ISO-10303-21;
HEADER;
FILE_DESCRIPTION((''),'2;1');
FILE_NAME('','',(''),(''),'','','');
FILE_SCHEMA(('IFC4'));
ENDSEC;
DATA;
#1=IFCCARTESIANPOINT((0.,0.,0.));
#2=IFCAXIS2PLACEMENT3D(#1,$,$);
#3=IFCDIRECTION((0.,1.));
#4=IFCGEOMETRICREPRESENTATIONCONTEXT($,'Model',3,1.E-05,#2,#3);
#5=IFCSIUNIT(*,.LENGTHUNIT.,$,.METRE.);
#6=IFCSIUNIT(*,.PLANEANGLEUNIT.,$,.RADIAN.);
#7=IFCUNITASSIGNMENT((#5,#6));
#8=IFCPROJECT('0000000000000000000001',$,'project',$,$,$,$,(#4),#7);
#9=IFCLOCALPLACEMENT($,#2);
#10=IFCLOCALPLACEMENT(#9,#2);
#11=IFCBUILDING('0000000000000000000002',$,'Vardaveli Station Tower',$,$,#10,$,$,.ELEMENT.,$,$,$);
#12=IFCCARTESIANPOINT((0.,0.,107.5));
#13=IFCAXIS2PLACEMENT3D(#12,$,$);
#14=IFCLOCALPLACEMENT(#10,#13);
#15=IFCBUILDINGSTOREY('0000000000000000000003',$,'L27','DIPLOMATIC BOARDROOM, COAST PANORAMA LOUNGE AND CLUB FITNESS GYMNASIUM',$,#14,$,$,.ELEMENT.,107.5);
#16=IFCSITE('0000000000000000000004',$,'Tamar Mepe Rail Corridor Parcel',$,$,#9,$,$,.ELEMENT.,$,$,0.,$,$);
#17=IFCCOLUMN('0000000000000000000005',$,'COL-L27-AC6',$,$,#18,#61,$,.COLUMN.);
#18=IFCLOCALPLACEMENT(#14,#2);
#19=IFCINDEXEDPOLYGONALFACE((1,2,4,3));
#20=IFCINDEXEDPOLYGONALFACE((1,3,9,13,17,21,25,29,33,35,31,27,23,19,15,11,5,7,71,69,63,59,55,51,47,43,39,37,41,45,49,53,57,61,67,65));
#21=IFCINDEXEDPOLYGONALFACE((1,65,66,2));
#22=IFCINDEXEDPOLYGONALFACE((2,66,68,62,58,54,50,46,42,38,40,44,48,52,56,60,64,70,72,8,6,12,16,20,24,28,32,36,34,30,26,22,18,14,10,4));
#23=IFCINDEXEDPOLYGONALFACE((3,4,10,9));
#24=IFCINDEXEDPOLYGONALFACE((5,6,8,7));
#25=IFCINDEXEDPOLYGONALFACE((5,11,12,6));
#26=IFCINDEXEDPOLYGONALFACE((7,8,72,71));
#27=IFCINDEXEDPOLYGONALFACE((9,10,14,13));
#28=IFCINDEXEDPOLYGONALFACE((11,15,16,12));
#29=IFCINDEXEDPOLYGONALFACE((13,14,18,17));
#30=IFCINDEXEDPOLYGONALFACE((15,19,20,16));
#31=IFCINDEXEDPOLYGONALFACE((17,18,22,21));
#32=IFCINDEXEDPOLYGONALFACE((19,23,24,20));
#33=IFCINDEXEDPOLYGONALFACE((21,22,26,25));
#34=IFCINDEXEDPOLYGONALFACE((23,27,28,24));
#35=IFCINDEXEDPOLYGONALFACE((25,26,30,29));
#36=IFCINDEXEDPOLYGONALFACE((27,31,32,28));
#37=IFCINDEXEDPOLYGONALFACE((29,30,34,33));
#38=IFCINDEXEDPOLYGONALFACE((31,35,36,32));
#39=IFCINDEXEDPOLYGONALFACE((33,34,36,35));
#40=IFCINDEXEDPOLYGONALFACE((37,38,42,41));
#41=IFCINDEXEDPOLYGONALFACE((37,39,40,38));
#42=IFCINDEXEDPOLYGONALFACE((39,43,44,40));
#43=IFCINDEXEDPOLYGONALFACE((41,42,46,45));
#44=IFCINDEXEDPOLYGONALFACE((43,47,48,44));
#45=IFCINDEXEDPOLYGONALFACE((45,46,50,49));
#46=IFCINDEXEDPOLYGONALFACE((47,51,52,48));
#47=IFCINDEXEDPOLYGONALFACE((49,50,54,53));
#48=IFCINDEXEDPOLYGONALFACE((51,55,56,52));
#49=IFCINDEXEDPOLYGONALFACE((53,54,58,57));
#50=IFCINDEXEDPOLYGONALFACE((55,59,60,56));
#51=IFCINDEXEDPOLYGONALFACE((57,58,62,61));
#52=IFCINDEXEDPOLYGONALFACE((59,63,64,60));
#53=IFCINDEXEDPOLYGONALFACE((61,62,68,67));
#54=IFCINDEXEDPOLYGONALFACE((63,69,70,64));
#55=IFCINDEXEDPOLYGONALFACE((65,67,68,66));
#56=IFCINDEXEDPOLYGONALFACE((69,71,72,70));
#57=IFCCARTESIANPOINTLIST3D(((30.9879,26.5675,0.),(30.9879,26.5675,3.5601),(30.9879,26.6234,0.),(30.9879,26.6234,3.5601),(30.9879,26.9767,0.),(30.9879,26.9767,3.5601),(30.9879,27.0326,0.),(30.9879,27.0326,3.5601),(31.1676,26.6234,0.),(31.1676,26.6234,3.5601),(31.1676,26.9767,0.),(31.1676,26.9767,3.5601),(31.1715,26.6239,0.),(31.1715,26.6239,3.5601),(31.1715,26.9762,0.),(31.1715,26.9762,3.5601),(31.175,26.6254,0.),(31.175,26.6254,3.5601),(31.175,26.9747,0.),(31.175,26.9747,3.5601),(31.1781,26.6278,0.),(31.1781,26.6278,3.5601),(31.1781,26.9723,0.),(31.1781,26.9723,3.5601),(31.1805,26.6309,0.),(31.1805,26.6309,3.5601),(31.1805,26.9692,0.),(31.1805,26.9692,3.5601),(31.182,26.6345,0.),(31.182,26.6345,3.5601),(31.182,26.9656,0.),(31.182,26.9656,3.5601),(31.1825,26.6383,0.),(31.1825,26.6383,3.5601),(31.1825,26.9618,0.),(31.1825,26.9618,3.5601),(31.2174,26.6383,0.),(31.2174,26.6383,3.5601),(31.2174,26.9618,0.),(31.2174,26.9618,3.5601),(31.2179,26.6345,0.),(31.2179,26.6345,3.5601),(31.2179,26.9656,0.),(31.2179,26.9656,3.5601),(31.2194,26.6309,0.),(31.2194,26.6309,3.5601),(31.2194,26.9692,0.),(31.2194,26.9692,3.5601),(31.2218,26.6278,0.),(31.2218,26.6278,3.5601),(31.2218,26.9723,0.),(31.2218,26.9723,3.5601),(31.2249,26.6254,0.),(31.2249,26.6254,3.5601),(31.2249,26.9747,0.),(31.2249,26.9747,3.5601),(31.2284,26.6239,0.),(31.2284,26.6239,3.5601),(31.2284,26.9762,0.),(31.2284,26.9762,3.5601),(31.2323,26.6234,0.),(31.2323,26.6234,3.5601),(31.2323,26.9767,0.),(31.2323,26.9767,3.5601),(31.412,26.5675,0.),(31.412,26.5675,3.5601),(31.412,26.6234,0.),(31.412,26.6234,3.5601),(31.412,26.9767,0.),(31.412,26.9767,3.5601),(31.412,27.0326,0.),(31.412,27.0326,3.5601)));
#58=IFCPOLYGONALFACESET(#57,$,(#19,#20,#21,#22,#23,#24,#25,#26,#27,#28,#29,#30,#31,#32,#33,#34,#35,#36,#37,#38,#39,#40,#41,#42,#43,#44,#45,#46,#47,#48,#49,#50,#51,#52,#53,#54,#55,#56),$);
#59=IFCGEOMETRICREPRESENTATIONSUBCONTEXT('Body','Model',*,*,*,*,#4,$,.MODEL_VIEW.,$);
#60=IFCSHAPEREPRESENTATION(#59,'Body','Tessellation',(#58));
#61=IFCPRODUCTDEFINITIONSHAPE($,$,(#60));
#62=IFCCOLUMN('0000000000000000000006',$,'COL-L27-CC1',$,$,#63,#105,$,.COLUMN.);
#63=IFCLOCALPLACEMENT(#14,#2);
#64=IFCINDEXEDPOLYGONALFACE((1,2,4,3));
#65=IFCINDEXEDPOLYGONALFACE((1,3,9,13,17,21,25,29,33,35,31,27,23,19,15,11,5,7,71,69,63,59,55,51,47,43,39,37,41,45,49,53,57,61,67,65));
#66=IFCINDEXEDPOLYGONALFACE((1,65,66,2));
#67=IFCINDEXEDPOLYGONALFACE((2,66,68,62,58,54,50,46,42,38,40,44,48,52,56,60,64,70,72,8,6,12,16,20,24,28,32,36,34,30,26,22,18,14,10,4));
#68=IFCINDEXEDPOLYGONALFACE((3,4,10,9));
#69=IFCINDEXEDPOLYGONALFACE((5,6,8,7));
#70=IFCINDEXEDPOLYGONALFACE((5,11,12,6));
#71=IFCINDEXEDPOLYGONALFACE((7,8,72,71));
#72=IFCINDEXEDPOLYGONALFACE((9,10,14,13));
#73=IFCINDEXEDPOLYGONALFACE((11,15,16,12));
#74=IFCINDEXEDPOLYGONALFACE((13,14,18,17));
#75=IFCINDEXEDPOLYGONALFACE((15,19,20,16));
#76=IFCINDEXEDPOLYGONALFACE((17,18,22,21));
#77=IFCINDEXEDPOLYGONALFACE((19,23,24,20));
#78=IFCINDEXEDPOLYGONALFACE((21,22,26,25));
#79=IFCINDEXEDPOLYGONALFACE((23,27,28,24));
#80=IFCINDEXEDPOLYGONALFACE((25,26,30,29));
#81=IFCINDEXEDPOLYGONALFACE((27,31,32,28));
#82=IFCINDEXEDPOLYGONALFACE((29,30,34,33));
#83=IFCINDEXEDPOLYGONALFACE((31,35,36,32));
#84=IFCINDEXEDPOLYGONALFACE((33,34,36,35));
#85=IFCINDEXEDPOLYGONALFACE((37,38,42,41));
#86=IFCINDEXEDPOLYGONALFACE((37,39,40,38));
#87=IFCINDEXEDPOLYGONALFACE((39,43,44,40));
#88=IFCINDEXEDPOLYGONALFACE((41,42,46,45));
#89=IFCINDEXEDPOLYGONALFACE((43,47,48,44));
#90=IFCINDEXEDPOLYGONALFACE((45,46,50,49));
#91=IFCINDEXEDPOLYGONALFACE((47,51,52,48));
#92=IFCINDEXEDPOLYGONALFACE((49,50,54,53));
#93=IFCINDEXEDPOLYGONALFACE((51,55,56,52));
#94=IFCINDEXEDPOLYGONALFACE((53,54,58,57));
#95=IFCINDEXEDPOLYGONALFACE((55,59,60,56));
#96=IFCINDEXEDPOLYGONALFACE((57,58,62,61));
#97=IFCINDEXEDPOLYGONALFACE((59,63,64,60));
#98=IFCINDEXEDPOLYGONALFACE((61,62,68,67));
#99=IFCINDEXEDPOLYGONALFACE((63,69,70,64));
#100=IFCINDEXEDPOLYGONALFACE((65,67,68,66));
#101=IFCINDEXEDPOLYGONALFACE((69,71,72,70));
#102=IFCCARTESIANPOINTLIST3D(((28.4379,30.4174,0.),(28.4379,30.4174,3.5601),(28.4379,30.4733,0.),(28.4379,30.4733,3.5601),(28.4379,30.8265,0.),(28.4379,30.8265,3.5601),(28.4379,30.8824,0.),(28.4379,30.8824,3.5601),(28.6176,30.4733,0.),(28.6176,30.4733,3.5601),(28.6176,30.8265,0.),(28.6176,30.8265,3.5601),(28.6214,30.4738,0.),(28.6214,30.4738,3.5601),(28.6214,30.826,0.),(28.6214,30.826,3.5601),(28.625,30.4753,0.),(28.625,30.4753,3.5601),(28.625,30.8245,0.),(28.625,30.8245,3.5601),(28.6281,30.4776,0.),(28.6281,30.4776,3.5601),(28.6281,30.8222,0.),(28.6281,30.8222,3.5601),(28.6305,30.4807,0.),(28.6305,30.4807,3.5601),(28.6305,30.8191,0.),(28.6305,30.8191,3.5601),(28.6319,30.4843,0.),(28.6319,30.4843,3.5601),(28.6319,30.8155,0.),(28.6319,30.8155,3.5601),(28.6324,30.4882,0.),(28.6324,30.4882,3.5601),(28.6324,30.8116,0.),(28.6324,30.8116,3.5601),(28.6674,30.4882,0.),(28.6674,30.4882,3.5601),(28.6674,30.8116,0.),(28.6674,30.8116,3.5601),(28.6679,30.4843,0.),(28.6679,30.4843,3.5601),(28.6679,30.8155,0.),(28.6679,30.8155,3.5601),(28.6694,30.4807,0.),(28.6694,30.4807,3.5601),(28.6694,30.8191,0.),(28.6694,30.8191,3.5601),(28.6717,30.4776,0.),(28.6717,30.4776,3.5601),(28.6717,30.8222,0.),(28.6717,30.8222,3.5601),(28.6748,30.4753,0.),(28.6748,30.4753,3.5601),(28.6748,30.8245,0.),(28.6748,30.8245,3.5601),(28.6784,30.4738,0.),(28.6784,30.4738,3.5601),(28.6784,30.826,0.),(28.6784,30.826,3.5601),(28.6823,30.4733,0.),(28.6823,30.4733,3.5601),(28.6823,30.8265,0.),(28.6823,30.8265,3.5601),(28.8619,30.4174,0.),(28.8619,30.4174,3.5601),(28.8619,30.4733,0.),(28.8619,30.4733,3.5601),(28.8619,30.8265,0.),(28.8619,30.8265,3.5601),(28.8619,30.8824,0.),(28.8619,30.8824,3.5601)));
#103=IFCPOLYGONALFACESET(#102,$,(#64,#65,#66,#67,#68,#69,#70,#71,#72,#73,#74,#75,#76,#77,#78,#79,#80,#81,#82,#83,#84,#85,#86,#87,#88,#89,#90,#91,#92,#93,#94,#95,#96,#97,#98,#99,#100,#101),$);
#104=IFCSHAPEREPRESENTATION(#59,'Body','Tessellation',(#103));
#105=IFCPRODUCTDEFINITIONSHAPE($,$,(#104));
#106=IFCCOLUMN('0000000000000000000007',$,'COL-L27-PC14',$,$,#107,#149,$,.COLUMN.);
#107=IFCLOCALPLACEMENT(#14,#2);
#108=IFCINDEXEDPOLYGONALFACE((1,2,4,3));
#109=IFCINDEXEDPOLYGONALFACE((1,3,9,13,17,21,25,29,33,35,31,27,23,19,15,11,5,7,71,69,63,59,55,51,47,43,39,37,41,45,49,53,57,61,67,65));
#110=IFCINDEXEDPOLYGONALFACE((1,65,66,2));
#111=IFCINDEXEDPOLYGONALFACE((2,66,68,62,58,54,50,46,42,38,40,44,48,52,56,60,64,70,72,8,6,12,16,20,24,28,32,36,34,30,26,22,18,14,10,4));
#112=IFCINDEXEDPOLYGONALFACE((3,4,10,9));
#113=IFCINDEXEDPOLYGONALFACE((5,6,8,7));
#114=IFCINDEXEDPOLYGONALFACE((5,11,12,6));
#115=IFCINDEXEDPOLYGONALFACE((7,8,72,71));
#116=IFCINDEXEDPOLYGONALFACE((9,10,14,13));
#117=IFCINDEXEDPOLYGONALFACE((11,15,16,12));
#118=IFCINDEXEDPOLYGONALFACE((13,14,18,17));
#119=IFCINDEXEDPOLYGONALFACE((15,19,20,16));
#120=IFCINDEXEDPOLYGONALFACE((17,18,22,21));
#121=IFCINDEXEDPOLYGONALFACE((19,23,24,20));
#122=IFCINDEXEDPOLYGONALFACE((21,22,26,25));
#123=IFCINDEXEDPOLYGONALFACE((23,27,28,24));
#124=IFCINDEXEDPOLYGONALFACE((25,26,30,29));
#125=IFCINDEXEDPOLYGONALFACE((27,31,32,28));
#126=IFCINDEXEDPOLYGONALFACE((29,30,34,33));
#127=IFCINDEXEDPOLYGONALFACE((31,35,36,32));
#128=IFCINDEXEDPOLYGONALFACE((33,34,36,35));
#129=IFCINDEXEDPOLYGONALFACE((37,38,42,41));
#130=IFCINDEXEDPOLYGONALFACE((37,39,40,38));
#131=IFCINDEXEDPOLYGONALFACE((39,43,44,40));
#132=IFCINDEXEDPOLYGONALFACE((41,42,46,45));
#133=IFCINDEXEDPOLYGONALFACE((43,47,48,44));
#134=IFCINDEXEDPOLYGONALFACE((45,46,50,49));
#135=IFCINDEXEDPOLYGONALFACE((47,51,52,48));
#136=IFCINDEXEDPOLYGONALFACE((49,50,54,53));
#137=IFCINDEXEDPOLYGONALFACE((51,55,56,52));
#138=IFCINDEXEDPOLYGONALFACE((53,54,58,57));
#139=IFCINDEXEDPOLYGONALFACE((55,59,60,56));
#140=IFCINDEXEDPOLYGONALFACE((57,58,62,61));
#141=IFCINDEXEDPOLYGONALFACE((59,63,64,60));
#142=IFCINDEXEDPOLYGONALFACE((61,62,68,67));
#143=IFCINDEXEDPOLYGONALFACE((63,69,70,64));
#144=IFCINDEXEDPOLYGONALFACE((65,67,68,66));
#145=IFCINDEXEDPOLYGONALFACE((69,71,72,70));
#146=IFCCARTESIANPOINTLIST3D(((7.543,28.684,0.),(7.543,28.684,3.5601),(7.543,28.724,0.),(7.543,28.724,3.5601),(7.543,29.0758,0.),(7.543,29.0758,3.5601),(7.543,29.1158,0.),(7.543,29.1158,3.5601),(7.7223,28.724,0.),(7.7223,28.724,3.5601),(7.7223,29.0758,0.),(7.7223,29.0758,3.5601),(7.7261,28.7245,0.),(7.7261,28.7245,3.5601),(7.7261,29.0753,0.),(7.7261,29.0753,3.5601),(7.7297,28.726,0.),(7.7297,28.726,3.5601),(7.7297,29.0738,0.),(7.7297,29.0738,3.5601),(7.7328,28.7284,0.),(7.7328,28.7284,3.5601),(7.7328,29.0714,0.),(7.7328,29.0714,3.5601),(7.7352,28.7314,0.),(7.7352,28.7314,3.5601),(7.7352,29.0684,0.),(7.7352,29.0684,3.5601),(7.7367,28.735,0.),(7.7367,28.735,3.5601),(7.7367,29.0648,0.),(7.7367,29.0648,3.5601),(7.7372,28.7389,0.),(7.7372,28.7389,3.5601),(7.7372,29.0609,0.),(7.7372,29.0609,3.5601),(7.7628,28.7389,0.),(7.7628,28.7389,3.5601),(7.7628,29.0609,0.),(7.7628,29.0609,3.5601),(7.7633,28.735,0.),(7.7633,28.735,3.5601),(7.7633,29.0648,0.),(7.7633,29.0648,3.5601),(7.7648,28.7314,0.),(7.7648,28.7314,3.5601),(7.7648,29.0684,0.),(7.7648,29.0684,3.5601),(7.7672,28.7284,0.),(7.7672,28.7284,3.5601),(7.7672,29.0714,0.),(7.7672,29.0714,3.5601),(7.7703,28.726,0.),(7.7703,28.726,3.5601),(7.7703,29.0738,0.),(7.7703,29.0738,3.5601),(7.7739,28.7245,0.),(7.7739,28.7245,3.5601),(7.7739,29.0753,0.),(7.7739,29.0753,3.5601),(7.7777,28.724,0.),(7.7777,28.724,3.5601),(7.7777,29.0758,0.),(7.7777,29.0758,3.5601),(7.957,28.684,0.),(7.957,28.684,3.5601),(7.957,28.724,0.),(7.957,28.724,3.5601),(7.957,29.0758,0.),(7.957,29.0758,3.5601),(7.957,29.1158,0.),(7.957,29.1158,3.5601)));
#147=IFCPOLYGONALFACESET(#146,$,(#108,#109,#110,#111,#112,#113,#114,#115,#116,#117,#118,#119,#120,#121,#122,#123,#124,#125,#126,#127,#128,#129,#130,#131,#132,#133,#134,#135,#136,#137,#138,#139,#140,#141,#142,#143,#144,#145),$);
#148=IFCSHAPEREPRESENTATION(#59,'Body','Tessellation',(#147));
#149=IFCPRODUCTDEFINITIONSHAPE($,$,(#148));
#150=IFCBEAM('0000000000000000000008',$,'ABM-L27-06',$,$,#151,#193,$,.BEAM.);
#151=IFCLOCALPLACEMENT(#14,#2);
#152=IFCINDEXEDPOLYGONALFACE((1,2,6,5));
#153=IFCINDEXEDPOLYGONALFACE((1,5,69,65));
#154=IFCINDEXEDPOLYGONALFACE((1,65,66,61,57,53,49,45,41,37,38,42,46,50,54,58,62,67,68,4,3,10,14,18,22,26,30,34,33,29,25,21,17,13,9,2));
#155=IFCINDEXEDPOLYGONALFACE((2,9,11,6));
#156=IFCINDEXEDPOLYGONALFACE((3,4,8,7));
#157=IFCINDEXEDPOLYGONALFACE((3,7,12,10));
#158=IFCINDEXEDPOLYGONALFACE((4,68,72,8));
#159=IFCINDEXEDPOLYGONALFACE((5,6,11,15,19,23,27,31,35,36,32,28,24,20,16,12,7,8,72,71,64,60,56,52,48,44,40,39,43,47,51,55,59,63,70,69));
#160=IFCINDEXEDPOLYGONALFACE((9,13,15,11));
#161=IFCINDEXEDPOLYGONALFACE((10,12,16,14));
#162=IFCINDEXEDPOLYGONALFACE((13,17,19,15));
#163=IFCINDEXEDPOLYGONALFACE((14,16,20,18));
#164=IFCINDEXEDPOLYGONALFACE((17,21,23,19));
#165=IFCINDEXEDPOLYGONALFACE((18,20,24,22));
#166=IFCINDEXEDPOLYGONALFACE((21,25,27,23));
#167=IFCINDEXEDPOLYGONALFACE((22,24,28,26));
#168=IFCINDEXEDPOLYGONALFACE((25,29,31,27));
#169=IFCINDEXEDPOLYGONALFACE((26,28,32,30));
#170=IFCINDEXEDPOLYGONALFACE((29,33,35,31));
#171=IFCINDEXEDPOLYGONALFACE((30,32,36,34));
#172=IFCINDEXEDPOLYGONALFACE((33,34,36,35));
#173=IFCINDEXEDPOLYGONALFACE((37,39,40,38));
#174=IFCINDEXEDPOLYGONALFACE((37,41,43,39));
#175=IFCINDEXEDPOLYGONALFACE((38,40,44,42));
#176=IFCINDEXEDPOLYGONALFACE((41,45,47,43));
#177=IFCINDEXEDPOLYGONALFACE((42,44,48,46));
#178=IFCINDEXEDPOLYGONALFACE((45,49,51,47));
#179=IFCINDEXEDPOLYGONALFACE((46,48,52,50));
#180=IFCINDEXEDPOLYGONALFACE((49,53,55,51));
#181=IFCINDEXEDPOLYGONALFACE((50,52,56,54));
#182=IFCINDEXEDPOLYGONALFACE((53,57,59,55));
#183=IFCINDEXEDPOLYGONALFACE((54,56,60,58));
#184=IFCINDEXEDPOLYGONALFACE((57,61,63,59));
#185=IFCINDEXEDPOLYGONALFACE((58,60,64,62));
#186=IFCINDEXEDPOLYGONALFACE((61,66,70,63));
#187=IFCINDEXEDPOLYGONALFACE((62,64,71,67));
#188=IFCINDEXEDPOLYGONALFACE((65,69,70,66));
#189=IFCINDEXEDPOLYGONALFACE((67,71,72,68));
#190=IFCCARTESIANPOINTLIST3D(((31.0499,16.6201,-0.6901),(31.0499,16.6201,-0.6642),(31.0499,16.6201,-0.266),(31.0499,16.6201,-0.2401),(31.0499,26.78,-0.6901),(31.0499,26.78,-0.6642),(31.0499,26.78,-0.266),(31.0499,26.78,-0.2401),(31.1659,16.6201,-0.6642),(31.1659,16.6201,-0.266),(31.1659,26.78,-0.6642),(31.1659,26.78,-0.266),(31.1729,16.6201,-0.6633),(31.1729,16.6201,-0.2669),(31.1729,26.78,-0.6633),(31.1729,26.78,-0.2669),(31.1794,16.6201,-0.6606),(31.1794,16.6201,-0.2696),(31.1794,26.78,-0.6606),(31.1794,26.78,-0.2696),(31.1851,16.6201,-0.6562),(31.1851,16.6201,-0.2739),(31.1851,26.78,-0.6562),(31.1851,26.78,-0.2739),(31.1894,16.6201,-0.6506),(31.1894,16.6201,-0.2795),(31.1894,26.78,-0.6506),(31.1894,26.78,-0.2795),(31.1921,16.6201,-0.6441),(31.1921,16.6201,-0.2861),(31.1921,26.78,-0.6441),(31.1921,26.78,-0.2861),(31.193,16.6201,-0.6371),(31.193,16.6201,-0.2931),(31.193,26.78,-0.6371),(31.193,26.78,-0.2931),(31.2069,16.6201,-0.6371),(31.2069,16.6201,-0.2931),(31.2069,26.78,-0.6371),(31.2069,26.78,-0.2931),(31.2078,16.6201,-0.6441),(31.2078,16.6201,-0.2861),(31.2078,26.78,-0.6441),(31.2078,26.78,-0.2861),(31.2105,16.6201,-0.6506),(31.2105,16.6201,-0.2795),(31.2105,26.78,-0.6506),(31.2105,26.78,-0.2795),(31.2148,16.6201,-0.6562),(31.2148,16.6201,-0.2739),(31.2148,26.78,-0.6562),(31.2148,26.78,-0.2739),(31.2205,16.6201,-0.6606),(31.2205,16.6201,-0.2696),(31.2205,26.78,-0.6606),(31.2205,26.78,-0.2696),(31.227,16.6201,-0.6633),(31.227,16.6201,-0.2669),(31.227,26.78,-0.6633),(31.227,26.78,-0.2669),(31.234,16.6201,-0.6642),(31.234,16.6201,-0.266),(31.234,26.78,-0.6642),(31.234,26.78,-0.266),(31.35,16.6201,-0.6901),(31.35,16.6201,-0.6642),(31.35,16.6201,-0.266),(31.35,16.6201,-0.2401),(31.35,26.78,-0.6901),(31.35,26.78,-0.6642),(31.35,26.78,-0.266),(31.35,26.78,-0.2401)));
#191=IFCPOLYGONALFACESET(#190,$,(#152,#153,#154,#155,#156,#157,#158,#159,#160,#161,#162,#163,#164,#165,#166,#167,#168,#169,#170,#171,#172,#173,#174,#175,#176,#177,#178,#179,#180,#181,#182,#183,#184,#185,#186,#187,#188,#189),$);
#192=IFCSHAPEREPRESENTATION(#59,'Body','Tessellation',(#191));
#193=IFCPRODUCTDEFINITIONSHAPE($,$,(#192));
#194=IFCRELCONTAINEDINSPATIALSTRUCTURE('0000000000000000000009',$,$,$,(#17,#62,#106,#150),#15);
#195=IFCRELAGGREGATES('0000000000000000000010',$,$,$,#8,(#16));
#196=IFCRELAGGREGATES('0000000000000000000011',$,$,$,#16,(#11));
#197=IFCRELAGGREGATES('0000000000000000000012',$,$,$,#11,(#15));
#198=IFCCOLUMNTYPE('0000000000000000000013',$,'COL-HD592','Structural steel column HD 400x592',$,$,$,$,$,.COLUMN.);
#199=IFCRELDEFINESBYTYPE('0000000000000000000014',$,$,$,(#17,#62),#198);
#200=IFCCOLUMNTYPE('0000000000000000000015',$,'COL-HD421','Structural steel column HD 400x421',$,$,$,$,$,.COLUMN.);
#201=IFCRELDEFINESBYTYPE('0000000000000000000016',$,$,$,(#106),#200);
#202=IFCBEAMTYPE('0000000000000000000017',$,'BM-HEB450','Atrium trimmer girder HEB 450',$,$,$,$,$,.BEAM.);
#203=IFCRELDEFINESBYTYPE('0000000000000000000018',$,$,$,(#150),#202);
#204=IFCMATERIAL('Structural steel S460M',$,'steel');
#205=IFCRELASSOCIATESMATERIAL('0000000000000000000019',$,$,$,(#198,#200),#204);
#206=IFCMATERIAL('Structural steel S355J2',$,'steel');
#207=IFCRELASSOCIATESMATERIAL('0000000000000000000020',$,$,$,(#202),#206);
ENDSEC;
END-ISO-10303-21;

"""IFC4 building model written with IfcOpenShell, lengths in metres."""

from ifc_helpers import new_model, si_unit, direction, frame, origin, origin_2d, place, context, subcontext, project, spatial, i_section, extrude, source, transform, mapped, material, material_profile, profile_set, type_object, element, save


model = new_model("IFC4")

# Units and contexts
model_context = context("Model", 3, precision=1e-05, world=origin(), true_north=direction((0.0, 1.0)))
body_context = subcontext(model_context, "Body", "Model", "MODEL_VIEW")
ifc_project = project(units=[si_unit("LENGTHUNIT", "METRE"), si_unit("PLANEANGLEUNIT", "RADIAN")], contexts=[model_context])

# Site, building, storey
site_placement = place(None, origin())
site = spatial("IfcSite", under=ifc_project, at=site_placement, Name="Tamar Mepe Rail Corridor Parcel", CompositionType="ELEMENT", RefElevation=0.0)
building_placement = place(site_placement, origin())
building = spatial("IfcBuilding", under=site, at=building_placement, Name="Vardaveli Station Tower", CompositionType="ELEMENT")
storey_placement = place(building_placement, frame((0.0, 0.0, 107.5)))
storey = spatial("IfcBuildingStorey", under=building, at=storey_placement, Name="L27", Description="DIPLOMATIC BOARDROOM, COAST PANORAMA LOUNGE AND CLUB FITNESS GYMNASIUM", CompositionType="ELEMENT", Elevation=107.5)

# Columns
ifc_material_1 = material(Name="Structural steel S460M", Category="steel")
ifc_material_profile_1 = material_profile(ifc_material_1, i_section(OverallWidth=0.4241, OverallDepth=0.4651, WebThickness=0.0349, FlangeThickness=0.0559, FilletRadius=0.0149, at=origin_2d()), Name="HD 400x592")
ifc_profile_set_1 = profile_set([ifc_material_profile_1], Name="Structural steel S460M")
column_type_1 = type_object("IfcColumnType", Name="COL-HD592", Description="Structural steel column HD 400x592", PredefinedType="COLUMN", material=ifc_profile_set_1)
shared_shape_1 = source(origin(), body_context, "Body", "SweptSolid", [
    extrude(i_section(OverallWidth=0.4241, OverallDepth=0.4651, WebThickness=0.0349, FlangeThickness=0.0559, FilletRadius=0.0149, at=origin_2d()), origin(), (0.0, 0.0, 1.0), 3.5601),
])
for number, where, z_axis, x_axis, name in (
    (1, (31.2, 26.8, 0.0), (0.0, 0.0, 1.0), (1.0, 0.0, 0.0), "COL-L27-AC6"),
    (2, (28.6499, 30.6499, 0.0), (0.0, 0.0, 1.0), (1.0, 0.0, 0.0), "COL-L27-CC1"),
):
    element("IfcColumn", number, at=place(storey_placement, frame(where, z_axis=z_axis, x_axis=x_axis)), inside=storey, type_object=column_type_1, Name=name, PredefinedType="COLUMN", context=body_context, shape_type="MappedRepresentation", body=[
        mapped(shared_shape_1, transform((0.0, 0.0, 0.0), scale=1.0)),
    ])
ifc_material_profile_2 = material_profile(ifc_material_1, i_section(OverallWidth=0.4141, OverallDepth=0.4319, WebThickness=0.0256, FlangeThickness=0.04, FilletRadius=0.0149, at=origin_2d()), Name="HD 400x421")
ifc_profile_set_2 = profile_set([ifc_material_profile_2], Name="Structural steel S460M")
column_type_2 = type_object("IfcColumnType", Name="COL-HD421", Description="Structural steel column HD 400x421", PredefinedType="COLUMN", material=ifc_profile_set_2)
shared_shape_2 = source(origin(), body_context, "Body", "SweptSolid", [
    extrude(i_section(OverallWidth=0.4141, OverallDepth=0.4319, WebThickness=0.0256, FlangeThickness=0.04, FilletRadius=0.0149, at=origin_2d()), origin(), (0.0, 0.0, 1.0), 3.5601),
])
column_placement = place(storey_placement, frame((7.75, 28.8999, 0.0), z_axis=(0.0, 0.0, 1.0), x_axis=(1.0, 0.0, 0.0)))
element("IfcColumn", 3, at=column_placement, inside=storey, type_object=column_type_2, Name="COL-L27-PC14", PredefinedType="COLUMN", context=body_context, shape_type="MappedRepresentation", body=[
    mapped(shared_shape_2, transform((0.0, 0.0, 0.0), scale=1.0)),
])

# Beam
ifc_material_2 = material(Name="Structural steel S355J2", Category="steel")
ifc_material_profile_3 = material_profile(ifc_material_2, i_section(OverallWidth=0.3, OverallDepth=0.45, WebThickness=0.0139, FlangeThickness=0.0259, FilletRadius=0.0271, at=origin_2d()), Name="HEB 450")
ifc_profile_set_3 = profile_set([ifc_material_profile_3], Name="Structural steel S355J2")
beam_type_1 = type_object("IfcBeamType", Name="BM-HEB450", Description="Atrium trimmer girder HEB 450", PredefinedType="BEAM", material=ifc_profile_set_3)
shared_shape_3 = source(origin(), body_context, "Body", "SweptSolid", [
    extrude(i_section(OverallWidth=0.3, OverallDepth=0.45, WebThickness=0.0139, FlangeThickness=0.0259, FilletRadius=0.0271, at=origin_2d()), origin(), (0.0, 0.0, 1.0), 10.1599),
])
beam_1_placement = place(storey_placement, frame((31.2, 26.78, -0.4651), z_axis=(0.0, -1.0, 0.0), x_axis=(1.0, 0.0, 0.0)))
element("IfcBeam", 4, at=beam_1_placement, inside=storey, type_object=beam_type_1, Name="ABM-L27-06", PredefinedType="BEAM", context=body_context, shape_type="MappedRepresentation", body=[
    mapped(shared_shape_3, transform((0.0, 0.0, 0.0), scale=1.0)),
])

save(model, "model.ifc")
